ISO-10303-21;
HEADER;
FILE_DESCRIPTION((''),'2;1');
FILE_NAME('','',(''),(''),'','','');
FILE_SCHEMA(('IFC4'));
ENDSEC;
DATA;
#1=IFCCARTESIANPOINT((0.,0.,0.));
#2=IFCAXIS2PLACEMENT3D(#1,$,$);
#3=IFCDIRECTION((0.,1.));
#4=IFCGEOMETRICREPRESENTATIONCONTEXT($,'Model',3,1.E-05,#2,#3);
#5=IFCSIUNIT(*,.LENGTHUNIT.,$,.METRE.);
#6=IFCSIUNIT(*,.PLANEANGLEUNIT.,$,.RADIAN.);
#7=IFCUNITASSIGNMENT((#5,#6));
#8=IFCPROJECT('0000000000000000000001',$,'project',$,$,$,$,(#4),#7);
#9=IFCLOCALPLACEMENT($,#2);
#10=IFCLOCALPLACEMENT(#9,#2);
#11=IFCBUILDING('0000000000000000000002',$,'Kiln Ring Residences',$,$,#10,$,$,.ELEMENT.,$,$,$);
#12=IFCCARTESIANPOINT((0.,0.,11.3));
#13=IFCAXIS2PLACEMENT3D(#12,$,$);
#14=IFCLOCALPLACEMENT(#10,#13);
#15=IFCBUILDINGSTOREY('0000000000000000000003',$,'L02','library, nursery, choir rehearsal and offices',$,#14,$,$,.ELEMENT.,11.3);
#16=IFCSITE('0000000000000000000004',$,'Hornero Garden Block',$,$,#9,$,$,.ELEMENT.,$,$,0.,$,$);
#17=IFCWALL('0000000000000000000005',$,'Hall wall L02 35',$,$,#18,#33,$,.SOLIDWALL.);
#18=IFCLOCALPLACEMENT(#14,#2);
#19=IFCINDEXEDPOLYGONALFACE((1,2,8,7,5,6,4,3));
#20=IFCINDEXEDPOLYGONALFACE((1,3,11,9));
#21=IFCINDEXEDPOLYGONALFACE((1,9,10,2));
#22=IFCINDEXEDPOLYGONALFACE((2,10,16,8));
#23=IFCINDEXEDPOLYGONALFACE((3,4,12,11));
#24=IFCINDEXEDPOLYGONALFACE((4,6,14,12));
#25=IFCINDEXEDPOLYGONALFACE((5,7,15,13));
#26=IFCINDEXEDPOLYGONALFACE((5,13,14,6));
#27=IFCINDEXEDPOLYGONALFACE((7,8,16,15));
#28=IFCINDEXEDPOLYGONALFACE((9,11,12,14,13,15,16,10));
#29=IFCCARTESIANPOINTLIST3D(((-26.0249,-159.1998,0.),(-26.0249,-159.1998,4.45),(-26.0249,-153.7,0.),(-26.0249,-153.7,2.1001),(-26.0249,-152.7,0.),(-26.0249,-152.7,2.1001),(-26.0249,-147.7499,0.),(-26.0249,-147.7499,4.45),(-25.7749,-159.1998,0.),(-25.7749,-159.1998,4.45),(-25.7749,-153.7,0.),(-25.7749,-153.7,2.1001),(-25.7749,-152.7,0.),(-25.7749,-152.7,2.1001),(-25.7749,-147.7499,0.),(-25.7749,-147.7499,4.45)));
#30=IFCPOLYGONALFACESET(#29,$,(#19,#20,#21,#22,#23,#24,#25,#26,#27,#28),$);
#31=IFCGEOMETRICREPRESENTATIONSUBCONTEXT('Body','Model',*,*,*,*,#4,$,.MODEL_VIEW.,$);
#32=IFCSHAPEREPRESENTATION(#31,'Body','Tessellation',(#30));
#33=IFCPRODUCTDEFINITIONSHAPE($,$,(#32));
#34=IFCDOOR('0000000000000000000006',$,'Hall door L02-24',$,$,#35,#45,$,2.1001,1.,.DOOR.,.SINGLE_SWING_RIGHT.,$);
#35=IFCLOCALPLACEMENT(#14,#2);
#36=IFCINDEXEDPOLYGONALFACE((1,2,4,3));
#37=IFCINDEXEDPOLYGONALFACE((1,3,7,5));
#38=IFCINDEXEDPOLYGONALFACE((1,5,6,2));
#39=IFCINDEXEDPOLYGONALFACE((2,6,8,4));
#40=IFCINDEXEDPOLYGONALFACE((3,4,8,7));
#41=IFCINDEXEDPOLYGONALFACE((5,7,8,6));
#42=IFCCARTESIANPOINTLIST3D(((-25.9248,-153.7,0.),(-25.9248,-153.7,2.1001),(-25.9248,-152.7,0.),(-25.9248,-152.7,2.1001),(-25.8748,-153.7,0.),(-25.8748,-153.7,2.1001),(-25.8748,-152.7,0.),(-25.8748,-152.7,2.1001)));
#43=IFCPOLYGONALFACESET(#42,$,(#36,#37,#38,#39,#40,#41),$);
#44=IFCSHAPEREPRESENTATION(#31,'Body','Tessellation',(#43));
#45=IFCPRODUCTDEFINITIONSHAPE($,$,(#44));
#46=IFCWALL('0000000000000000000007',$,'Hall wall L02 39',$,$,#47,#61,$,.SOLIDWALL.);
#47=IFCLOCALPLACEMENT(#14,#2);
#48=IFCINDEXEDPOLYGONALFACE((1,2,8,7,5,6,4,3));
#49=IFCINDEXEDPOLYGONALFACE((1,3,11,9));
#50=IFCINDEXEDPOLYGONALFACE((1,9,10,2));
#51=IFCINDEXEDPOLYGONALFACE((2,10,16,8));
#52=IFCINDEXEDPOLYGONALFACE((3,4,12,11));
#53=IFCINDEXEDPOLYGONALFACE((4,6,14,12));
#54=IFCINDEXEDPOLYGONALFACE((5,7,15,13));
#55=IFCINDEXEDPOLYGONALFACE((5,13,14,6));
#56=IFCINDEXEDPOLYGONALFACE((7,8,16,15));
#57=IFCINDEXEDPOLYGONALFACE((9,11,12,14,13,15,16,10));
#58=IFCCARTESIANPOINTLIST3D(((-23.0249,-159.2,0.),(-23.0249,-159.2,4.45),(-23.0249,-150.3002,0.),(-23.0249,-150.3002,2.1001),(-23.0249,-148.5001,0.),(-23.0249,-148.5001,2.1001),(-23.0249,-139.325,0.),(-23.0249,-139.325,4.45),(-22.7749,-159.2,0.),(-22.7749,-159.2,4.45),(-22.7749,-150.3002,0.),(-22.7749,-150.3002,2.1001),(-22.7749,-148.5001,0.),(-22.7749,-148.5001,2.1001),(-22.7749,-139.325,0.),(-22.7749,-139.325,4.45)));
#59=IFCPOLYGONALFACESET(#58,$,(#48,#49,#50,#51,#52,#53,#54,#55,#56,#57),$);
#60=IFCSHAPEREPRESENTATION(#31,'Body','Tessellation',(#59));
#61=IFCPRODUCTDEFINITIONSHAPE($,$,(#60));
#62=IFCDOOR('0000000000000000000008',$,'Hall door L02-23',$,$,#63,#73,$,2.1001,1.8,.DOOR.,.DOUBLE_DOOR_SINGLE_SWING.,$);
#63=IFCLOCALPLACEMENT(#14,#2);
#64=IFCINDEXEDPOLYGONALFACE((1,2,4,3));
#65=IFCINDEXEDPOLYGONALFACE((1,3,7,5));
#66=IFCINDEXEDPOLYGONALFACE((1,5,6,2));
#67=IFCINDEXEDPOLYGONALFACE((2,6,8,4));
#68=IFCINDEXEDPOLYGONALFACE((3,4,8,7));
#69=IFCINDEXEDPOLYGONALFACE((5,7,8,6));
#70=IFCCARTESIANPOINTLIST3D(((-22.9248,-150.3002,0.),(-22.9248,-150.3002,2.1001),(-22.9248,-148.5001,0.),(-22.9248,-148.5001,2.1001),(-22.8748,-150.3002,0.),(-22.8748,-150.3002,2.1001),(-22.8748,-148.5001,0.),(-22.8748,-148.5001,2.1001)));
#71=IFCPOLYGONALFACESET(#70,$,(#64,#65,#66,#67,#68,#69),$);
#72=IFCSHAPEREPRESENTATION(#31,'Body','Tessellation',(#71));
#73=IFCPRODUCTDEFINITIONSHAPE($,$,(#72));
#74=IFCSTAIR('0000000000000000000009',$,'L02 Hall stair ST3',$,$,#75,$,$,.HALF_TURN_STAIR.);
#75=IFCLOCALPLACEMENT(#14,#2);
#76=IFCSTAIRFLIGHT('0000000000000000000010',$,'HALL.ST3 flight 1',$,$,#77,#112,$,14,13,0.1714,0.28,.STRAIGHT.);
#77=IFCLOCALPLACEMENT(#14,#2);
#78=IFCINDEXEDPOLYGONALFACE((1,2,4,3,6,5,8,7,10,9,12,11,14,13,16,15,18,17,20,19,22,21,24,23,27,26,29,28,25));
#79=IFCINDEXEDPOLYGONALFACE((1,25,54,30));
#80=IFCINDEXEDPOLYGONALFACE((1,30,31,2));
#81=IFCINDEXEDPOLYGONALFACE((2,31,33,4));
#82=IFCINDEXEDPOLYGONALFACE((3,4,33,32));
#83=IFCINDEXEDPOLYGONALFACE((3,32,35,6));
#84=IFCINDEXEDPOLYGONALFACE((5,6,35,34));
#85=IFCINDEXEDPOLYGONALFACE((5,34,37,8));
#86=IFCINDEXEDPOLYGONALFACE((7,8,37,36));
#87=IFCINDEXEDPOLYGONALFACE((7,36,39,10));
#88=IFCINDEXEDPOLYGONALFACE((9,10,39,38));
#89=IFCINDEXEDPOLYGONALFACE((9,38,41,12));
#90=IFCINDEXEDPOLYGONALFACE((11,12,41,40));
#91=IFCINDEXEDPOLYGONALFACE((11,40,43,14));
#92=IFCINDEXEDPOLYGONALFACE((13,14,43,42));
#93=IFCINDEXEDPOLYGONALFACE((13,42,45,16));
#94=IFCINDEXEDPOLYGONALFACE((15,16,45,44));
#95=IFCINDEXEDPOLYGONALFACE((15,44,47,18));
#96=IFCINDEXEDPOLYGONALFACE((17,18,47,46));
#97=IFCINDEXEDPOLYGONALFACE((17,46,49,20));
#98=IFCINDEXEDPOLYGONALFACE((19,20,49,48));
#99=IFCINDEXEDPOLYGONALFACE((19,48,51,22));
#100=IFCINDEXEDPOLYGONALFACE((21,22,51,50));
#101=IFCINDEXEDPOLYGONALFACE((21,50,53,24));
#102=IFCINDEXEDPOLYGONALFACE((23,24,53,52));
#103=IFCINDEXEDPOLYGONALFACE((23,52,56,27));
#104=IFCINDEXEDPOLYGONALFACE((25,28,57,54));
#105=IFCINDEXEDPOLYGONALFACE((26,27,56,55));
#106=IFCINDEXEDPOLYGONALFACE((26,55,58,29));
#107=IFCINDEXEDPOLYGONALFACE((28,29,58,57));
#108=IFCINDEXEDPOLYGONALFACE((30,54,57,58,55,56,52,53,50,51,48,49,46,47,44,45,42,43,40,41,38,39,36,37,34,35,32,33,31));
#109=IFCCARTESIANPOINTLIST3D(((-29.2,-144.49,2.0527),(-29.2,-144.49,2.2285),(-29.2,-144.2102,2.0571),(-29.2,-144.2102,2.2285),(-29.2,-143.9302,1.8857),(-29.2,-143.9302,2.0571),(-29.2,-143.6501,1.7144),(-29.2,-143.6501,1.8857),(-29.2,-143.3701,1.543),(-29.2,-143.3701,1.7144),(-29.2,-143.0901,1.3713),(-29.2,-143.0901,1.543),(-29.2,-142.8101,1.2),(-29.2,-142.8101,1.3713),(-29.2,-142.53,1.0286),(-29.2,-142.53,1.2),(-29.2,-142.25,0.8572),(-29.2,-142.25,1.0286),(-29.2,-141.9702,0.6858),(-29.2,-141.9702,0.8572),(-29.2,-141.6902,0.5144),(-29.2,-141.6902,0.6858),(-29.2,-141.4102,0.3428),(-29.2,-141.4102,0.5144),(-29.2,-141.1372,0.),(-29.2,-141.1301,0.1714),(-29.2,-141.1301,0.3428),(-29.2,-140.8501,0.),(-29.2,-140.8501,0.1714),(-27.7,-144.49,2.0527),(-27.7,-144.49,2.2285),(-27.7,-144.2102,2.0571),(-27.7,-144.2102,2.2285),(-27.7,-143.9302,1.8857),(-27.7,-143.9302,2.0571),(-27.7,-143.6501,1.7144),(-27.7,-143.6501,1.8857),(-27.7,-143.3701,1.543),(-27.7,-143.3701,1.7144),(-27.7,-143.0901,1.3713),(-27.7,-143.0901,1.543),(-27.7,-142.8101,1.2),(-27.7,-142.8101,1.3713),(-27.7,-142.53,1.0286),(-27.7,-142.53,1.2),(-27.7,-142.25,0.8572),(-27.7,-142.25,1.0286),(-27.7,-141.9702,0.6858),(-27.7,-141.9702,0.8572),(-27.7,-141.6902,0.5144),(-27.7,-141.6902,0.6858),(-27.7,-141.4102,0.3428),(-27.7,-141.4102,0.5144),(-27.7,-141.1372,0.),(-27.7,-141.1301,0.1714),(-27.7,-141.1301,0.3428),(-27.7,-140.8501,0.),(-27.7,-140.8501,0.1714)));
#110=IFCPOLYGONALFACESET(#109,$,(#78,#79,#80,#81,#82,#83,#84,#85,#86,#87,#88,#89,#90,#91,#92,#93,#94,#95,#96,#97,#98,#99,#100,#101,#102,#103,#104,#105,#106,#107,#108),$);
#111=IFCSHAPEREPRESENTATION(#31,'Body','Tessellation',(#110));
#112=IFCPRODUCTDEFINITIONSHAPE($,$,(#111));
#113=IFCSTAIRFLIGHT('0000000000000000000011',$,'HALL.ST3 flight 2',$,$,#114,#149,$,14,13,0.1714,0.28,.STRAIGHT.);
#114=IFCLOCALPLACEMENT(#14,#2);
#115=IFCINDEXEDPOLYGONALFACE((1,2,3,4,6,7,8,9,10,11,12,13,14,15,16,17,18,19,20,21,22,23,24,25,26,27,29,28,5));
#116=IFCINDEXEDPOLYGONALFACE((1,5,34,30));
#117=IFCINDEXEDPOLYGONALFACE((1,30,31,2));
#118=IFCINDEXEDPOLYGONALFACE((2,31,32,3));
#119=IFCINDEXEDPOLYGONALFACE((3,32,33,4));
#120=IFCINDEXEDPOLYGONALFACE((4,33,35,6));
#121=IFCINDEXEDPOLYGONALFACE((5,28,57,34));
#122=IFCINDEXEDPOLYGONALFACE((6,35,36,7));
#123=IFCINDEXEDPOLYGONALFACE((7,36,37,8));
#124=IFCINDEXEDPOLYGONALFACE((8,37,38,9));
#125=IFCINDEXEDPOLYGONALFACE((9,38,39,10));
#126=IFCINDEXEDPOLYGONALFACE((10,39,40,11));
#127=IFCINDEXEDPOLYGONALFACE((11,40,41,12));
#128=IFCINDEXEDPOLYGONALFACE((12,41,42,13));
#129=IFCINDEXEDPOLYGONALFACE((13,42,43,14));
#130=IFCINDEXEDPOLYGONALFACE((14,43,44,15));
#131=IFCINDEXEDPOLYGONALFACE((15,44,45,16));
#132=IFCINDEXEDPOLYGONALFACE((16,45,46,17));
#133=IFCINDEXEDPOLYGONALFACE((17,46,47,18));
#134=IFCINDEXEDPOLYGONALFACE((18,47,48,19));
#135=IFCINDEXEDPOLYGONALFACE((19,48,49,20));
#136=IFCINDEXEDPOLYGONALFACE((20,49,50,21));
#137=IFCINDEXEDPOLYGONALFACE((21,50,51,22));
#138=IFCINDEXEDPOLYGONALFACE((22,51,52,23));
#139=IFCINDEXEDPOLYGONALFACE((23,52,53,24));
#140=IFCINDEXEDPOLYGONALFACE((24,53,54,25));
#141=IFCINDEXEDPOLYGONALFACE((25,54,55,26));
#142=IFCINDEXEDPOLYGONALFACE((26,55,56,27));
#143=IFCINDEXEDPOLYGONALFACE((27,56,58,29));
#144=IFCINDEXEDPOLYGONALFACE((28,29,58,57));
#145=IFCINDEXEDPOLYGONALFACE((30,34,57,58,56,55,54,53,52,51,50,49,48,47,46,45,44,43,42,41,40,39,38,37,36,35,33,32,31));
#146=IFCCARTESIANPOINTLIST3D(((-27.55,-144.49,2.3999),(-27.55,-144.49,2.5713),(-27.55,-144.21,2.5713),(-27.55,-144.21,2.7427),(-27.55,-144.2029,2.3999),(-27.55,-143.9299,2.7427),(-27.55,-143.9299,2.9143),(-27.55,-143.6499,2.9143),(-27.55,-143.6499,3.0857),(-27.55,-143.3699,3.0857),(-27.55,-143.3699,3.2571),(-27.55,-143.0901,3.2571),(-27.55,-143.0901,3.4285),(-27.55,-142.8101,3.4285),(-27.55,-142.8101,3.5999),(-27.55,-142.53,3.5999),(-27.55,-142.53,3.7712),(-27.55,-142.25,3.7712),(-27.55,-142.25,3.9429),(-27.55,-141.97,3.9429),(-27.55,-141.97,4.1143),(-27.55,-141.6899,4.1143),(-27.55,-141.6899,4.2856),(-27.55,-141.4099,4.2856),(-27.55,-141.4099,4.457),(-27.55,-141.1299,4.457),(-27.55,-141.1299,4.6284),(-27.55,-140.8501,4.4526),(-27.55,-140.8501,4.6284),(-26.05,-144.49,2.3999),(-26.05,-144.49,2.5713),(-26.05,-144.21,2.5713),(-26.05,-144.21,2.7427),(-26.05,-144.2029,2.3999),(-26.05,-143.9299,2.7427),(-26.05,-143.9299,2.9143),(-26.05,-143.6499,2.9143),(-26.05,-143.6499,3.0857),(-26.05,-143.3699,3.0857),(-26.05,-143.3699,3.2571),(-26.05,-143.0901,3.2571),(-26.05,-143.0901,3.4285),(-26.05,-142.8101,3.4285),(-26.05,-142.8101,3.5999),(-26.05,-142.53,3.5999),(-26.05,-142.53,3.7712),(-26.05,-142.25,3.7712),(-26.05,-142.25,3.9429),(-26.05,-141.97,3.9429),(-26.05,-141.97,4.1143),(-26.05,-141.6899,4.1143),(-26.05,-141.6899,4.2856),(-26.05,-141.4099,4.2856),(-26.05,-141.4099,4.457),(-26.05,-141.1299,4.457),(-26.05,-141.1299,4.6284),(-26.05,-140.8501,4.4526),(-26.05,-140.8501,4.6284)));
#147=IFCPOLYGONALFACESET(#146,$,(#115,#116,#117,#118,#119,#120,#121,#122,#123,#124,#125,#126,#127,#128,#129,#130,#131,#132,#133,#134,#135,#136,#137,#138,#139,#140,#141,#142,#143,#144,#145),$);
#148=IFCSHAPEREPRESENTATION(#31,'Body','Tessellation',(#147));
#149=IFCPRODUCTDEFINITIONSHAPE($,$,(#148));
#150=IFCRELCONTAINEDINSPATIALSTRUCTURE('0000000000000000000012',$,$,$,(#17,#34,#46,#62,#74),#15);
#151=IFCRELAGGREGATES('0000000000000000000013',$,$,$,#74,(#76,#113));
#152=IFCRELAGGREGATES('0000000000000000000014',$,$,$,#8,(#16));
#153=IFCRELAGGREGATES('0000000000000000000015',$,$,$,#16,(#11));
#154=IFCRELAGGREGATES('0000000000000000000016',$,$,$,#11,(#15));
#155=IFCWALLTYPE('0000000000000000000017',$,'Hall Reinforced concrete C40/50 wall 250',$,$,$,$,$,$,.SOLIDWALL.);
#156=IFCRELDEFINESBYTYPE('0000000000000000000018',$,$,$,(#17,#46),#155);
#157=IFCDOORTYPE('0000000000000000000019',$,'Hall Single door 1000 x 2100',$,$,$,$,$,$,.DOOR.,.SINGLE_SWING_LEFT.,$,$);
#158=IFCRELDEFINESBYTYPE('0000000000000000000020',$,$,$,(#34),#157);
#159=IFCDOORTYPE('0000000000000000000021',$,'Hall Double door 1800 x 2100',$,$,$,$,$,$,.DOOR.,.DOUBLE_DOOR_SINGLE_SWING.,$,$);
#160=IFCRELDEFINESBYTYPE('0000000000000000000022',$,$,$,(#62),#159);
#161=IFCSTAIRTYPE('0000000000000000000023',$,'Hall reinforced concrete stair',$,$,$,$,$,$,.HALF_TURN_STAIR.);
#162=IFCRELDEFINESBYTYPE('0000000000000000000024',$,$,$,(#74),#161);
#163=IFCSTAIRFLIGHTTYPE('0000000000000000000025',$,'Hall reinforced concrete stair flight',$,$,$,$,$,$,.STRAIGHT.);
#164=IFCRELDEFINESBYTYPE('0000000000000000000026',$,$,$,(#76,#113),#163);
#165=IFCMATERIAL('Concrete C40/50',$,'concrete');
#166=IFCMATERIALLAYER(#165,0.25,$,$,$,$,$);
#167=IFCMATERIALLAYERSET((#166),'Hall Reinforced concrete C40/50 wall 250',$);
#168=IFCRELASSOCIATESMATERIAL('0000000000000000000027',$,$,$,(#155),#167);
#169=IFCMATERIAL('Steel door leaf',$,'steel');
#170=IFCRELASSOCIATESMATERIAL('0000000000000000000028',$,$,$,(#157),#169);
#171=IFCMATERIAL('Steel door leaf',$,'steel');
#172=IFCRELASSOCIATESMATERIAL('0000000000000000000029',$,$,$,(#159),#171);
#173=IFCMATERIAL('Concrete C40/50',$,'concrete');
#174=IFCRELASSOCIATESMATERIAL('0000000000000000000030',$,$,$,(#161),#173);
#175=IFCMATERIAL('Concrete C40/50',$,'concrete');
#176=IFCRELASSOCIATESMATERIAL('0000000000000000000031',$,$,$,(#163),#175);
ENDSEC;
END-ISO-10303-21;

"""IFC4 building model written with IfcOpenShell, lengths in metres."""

from ifc_helpers import new_model, si_unit, direction, frame, frame_2d, origin, place, context, subcontext, project, spatial, polyline, rectangle, outline, extrude, material, layer, layer_set, type_object, element, fill, aggregate, save


model = new_model("IFC4")

# Units and contexts
model_context = context("Model", 3, precision=1e-05, world=origin(), true_north=direction((0.0, 1.0)))
body_context = subcontext(model_context, "Body", "Model", "MODEL_VIEW")
ifc_project = project(units=[si_unit("LENGTHUNIT", "METRE"), si_unit("PLANEANGLEUNIT", "RADIAN")], contexts=[model_context])

# Site, building, storey
site_placement = place(None, origin())
site = spatial("IfcSite", under=ifc_project, at=site_placement, Name="Hornero Garden Block", CompositionType="ELEMENT", RefElevation=0.0)
building_placement = place(site_placement, origin())
building = spatial("IfcBuilding", under=site, at=building_placement, Name="Kiln Ring Residences", CompositionType="ELEMENT")
storey_placement = place(building_placement, frame((0.0, 0.0, 11.3)))
storey = spatial("IfcBuildingStorey", under=building, at=storey_placement, Name="L02", Description="library, nursery, choir rehearsal and offices", CompositionType="ELEMENT", Elevation=11.3)

# Walls, openings, doors
ifc_material_1 = material(Name="Concrete C40/50", Category="concrete")
ifc_layer_1 = layer(ifc_material_1, 0.25)
ifc_layer_set_1 = layer_set([ifc_layer_1], Name="Hall Reinforced concrete C40/50 wall 250")
wall_type_1 = type_object("IfcWallType", Name="Hall Reinforced concrete C40/50 wall 250", PredefinedType="SOLIDWALL", material=ifc_layer_set_1)
wall_1_placement = place(storey_placement, frame((-25.8999, -159.2, 0.0), z_axis=(0.0, 0.0, 1.0), x_axis=(0.0, 1.0, 0.0)))
wall_1 = element("IfcWall", 1, at=wall_1_placement, inside=storey, type_object=wall_type_1, Name="Hall wall L02 35", PredefinedType="SOLIDWALL", context=body_context, shape_type="SweptSolid", body=[
    extrude(rectangle(XDim=11.45, YDim=0.25, at=frame_2d((5.7251, 0.0))), origin(), (0.0, 0.0, 1.0), 4.45),
])
opening_1_placement = place(wall_1_placement, frame((5.5, 0.0, 0.0)))
opening_1 = element("IfcOpeningElement", 2, at=opening_1_placement, cuts=wall_1, PredefinedType="OPENING", context=body_context, shape_type="SweptSolid", body=[
    extrude(rectangle(XDim=1.0, YDim=2.1001, at=frame_2d((0.5, 1.05))), frame((0.0, 0.135, 0.0), z_axis=(0.0, -1.0, 0.0), x_axis=(1.0, 0.0, 0.0)), (0.0, 0.0, 1.0), 0.27),
])
ifc_material_2 = material(Name="Steel door leaf", Category="steel")
door_type_1 = type_object("IfcDoorType", Name="Hall Single door 1000 x 2100", OperationType="SINGLE_SWING_LEFT", PredefinedType="DOOR", material=ifc_material_2)
door_1_placement = place(opening_1_placement, origin())
door_1 = element("IfcDoor", 3, at=door_1_placement, inside=storey, type_object=door_type_1, Name="Hall door L02-24", OperationType="SINGLE_SWING_RIGHT", OverallHeight=2.1001, OverallWidth=1.0, PredefinedType="DOOR", context=body_context, shape_type="SweptSolid", body=[
    extrude(rectangle(XDim=1.0, YDim=2.1001, at=frame_2d((0.5, 1.05))), frame((0.0, 0.0249, 0.0), z_axis=(0.0, -1.0, 0.0), x_axis=(1.0, 0.0, 0.0)), (0.0, 0.0, 1.0), 0.05),
])
fill(opening_1, door_1)
wall_2_placement = place(storey_placement, frame((-22.8999, -159.2, 0.0), z_axis=(0.0, 0.0, 1.0), x_axis=(0.0, 1.0, 0.0)))
wall_2 = element("IfcWall", 4, at=wall_2_placement, inside=storey, type_object=wall_type_1, Name="Hall wall L02 39", PredefinedType="SOLIDWALL", context=body_context, shape_type="SweptSolid", body=[
    extrude(rectangle(XDim=19.875, YDim=0.25, at=frame_2d((9.9375, 0.0))), origin(), (0.0, 0.0, 1.0), 4.45),
])
opening_2_placement = place(wall_2_placement, frame((8.8999, 0.0, 0.0)))
opening_2 = element("IfcOpeningElement", 5, at=opening_2_placement, cuts=wall_2, PredefinedType="OPENING", context=body_context, shape_type="SweptSolid", body=[
    extrude(rectangle(XDim=1.8, YDim=2.1001, at=frame_2d((0.8999, 1.05))), frame((0.0, 0.135, 0.0), z_axis=(0.0, -1.0, 0.0), x_axis=(1.0, 0.0, 0.0)), (0.0, 0.0, 1.0), 0.27),
])
ifc_material_3 = material(Name="Steel door leaf", Category="steel")
door_type_2 = type_object("IfcDoorType", Name="Hall Double door 1800 x 2100", OperationType="DOUBLE_DOOR_SINGLE_SWING", PredefinedType="DOOR", material=ifc_material_3)
door_2_placement = place(opening_2_placement, origin())
door_2 = element("IfcDoor", 6, at=door_2_placement, inside=storey, type_object=door_type_2, Name="Hall door L02-23", OperationType="DOUBLE_DOOR_SINGLE_SWING", OverallHeight=2.1001, OverallWidth=1.8, PredefinedType="DOOR", context=body_context, shape_type="SweptSolid", body=[
    extrude(rectangle(XDim=1.8, YDim=2.1001, at=frame_2d((0.8999, 1.05))), frame((0.0, 0.0249, 0.0), z_axis=(0.0, -1.0, 0.0), x_axis=(1.0, 0.0, 0.0)), (0.0, 0.0, 1.0), 0.05),
])
fill(opening_2, door_2)

# Stair, stair flights
ifc_material_4 = material(Name="Concrete C40/50", Category="concrete")
stair_type = type_object("IfcStairType", Name="Hall reinforced concrete stair", PredefinedType="HALF_TURN_STAIR", material=ifc_material_4)
stair_placement = place(storey_placement, origin())
stair = element("IfcStair", 7, at=stair_placement, inside=storey, type_object=stair_type, Name="L02 Hall stair ST3", PredefinedType="HALF_TURN_STAIR")
ifc_material_5 = material(Name="Concrete C40/50", Category="concrete")
stair_flight_type = type_object("IfcStairFlightType", Name="Hall reinforced concrete stair flight", PredefinedType="STRAIGHT", material=ifc_material_5)
stair_flight_1_placement = place(storey_placement, frame((-28.45, -140.8501, 0.0), z_axis=(0.0, 0.0, 1.0), x_axis=(0.0, -1.0, 0.0)))
stair_flight_1 = element("IfcStairFlight", 8, at=stair_flight_1_placement, type_object=stair_flight_type, Name="HALL.ST3 flight 1", NumberOfRisers=14, NumberOfTreads=13, PredefinedType="STRAIGHT", RiserHeight=0.1714, TreadLength=0.28, context=body_context, shape_type="SweptSolid", body=[
    extrude(outline(polyline([(0.0, 0.0), (0.0, 0.1714), (0.28, 0.1714), (0.28, 0.3428), (0.5601, 0.3428), (0.5601, 0.5144), (0.8401, 0.5144), (0.8401, 0.6858), (1.1201, 0.6858), (1.1201, 0.8572), (1.3999, 0.8572), (1.3999, 1.0286), (1.6799, 1.0286), (1.6799, 1.2), (1.96, 1.2), (1.96, 1.3713), (2.24, 1.3713), (2.24, 1.543), (2.52, 1.543), (2.52, 1.7144), (2.8, 1.7144), (2.8, 1.8857), (3.0801, 1.8857), (3.0801, 2.0571), (3.3601, 2.0571), (3.3601, 2.2285), (3.6399, 2.2285), (3.6399, 2.3999), (3.6399, 2.0527), (0.2871, 0.0), (0.0, 0.0)])), frame((0.0, 0.75, 0.0), z_axis=(0.0, -1.0, 0.0), x_axis=(1.0, 0.0, 0.0)), (0.0, 0.0, 1.0), 1.5),
])
stair_flight_2_placement = place(storey_placement, frame((-26.8, -144.49, 2.3999), z_axis=(0.0, 0.0, 1.0), x_axis=(0.0, 1.0, 0.0)))
stair_flight_2 = element("IfcStairFlight", 9, at=stair_flight_2_placement, type_object=stair_flight_type, Name="HALL.ST3 flight 2", NumberOfRisers=14, NumberOfTreads=13, PredefinedType="STRAIGHT", RiserHeight=0.1714, TreadLength=0.28, context=body_context, shape_type="SweptSolid", body=[
    extrude(outline(polyline([(0.0, 0.0), (0.0, 0.1714), (0.28, 0.1714), (0.28, 0.3428), (0.5601, 0.3428), (0.5601, 0.5144), (0.8401, 0.5144), (0.8401, 0.6858), (1.1201, 0.6858), (1.1201, 0.8572), (1.3999, 0.8572), (1.3999, 1.0286), (1.6799, 1.0286), (1.6799, 1.2), (1.96, 1.2), (1.96, 1.3713), (2.24, 1.3713), (2.24, 1.543), (2.52, 1.543), (2.52, 1.7144), (2.8, 1.7144), (2.8, 1.8857), (3.0801, 1.8857), (3.0801, 2.0571), (3.3601, 2.0571), (3.3601, 2.2285), (3.6399, 2.2285), (3.6399, 2.3999), (3.6399, 2.0527), (0.2871, 0.0), (0.0, 0.0)])), frame((0.0, 0.75, 0.0), z_axis=(0.0, -1.0, 0.0), x_axis=(1.0, 0.0, 0.0)), (0.0, 0.0, 1.0), 1.5),
])
aggregate(stair, [stair_flight_1, stair_flight_2])

save(model, "model.ifc")
